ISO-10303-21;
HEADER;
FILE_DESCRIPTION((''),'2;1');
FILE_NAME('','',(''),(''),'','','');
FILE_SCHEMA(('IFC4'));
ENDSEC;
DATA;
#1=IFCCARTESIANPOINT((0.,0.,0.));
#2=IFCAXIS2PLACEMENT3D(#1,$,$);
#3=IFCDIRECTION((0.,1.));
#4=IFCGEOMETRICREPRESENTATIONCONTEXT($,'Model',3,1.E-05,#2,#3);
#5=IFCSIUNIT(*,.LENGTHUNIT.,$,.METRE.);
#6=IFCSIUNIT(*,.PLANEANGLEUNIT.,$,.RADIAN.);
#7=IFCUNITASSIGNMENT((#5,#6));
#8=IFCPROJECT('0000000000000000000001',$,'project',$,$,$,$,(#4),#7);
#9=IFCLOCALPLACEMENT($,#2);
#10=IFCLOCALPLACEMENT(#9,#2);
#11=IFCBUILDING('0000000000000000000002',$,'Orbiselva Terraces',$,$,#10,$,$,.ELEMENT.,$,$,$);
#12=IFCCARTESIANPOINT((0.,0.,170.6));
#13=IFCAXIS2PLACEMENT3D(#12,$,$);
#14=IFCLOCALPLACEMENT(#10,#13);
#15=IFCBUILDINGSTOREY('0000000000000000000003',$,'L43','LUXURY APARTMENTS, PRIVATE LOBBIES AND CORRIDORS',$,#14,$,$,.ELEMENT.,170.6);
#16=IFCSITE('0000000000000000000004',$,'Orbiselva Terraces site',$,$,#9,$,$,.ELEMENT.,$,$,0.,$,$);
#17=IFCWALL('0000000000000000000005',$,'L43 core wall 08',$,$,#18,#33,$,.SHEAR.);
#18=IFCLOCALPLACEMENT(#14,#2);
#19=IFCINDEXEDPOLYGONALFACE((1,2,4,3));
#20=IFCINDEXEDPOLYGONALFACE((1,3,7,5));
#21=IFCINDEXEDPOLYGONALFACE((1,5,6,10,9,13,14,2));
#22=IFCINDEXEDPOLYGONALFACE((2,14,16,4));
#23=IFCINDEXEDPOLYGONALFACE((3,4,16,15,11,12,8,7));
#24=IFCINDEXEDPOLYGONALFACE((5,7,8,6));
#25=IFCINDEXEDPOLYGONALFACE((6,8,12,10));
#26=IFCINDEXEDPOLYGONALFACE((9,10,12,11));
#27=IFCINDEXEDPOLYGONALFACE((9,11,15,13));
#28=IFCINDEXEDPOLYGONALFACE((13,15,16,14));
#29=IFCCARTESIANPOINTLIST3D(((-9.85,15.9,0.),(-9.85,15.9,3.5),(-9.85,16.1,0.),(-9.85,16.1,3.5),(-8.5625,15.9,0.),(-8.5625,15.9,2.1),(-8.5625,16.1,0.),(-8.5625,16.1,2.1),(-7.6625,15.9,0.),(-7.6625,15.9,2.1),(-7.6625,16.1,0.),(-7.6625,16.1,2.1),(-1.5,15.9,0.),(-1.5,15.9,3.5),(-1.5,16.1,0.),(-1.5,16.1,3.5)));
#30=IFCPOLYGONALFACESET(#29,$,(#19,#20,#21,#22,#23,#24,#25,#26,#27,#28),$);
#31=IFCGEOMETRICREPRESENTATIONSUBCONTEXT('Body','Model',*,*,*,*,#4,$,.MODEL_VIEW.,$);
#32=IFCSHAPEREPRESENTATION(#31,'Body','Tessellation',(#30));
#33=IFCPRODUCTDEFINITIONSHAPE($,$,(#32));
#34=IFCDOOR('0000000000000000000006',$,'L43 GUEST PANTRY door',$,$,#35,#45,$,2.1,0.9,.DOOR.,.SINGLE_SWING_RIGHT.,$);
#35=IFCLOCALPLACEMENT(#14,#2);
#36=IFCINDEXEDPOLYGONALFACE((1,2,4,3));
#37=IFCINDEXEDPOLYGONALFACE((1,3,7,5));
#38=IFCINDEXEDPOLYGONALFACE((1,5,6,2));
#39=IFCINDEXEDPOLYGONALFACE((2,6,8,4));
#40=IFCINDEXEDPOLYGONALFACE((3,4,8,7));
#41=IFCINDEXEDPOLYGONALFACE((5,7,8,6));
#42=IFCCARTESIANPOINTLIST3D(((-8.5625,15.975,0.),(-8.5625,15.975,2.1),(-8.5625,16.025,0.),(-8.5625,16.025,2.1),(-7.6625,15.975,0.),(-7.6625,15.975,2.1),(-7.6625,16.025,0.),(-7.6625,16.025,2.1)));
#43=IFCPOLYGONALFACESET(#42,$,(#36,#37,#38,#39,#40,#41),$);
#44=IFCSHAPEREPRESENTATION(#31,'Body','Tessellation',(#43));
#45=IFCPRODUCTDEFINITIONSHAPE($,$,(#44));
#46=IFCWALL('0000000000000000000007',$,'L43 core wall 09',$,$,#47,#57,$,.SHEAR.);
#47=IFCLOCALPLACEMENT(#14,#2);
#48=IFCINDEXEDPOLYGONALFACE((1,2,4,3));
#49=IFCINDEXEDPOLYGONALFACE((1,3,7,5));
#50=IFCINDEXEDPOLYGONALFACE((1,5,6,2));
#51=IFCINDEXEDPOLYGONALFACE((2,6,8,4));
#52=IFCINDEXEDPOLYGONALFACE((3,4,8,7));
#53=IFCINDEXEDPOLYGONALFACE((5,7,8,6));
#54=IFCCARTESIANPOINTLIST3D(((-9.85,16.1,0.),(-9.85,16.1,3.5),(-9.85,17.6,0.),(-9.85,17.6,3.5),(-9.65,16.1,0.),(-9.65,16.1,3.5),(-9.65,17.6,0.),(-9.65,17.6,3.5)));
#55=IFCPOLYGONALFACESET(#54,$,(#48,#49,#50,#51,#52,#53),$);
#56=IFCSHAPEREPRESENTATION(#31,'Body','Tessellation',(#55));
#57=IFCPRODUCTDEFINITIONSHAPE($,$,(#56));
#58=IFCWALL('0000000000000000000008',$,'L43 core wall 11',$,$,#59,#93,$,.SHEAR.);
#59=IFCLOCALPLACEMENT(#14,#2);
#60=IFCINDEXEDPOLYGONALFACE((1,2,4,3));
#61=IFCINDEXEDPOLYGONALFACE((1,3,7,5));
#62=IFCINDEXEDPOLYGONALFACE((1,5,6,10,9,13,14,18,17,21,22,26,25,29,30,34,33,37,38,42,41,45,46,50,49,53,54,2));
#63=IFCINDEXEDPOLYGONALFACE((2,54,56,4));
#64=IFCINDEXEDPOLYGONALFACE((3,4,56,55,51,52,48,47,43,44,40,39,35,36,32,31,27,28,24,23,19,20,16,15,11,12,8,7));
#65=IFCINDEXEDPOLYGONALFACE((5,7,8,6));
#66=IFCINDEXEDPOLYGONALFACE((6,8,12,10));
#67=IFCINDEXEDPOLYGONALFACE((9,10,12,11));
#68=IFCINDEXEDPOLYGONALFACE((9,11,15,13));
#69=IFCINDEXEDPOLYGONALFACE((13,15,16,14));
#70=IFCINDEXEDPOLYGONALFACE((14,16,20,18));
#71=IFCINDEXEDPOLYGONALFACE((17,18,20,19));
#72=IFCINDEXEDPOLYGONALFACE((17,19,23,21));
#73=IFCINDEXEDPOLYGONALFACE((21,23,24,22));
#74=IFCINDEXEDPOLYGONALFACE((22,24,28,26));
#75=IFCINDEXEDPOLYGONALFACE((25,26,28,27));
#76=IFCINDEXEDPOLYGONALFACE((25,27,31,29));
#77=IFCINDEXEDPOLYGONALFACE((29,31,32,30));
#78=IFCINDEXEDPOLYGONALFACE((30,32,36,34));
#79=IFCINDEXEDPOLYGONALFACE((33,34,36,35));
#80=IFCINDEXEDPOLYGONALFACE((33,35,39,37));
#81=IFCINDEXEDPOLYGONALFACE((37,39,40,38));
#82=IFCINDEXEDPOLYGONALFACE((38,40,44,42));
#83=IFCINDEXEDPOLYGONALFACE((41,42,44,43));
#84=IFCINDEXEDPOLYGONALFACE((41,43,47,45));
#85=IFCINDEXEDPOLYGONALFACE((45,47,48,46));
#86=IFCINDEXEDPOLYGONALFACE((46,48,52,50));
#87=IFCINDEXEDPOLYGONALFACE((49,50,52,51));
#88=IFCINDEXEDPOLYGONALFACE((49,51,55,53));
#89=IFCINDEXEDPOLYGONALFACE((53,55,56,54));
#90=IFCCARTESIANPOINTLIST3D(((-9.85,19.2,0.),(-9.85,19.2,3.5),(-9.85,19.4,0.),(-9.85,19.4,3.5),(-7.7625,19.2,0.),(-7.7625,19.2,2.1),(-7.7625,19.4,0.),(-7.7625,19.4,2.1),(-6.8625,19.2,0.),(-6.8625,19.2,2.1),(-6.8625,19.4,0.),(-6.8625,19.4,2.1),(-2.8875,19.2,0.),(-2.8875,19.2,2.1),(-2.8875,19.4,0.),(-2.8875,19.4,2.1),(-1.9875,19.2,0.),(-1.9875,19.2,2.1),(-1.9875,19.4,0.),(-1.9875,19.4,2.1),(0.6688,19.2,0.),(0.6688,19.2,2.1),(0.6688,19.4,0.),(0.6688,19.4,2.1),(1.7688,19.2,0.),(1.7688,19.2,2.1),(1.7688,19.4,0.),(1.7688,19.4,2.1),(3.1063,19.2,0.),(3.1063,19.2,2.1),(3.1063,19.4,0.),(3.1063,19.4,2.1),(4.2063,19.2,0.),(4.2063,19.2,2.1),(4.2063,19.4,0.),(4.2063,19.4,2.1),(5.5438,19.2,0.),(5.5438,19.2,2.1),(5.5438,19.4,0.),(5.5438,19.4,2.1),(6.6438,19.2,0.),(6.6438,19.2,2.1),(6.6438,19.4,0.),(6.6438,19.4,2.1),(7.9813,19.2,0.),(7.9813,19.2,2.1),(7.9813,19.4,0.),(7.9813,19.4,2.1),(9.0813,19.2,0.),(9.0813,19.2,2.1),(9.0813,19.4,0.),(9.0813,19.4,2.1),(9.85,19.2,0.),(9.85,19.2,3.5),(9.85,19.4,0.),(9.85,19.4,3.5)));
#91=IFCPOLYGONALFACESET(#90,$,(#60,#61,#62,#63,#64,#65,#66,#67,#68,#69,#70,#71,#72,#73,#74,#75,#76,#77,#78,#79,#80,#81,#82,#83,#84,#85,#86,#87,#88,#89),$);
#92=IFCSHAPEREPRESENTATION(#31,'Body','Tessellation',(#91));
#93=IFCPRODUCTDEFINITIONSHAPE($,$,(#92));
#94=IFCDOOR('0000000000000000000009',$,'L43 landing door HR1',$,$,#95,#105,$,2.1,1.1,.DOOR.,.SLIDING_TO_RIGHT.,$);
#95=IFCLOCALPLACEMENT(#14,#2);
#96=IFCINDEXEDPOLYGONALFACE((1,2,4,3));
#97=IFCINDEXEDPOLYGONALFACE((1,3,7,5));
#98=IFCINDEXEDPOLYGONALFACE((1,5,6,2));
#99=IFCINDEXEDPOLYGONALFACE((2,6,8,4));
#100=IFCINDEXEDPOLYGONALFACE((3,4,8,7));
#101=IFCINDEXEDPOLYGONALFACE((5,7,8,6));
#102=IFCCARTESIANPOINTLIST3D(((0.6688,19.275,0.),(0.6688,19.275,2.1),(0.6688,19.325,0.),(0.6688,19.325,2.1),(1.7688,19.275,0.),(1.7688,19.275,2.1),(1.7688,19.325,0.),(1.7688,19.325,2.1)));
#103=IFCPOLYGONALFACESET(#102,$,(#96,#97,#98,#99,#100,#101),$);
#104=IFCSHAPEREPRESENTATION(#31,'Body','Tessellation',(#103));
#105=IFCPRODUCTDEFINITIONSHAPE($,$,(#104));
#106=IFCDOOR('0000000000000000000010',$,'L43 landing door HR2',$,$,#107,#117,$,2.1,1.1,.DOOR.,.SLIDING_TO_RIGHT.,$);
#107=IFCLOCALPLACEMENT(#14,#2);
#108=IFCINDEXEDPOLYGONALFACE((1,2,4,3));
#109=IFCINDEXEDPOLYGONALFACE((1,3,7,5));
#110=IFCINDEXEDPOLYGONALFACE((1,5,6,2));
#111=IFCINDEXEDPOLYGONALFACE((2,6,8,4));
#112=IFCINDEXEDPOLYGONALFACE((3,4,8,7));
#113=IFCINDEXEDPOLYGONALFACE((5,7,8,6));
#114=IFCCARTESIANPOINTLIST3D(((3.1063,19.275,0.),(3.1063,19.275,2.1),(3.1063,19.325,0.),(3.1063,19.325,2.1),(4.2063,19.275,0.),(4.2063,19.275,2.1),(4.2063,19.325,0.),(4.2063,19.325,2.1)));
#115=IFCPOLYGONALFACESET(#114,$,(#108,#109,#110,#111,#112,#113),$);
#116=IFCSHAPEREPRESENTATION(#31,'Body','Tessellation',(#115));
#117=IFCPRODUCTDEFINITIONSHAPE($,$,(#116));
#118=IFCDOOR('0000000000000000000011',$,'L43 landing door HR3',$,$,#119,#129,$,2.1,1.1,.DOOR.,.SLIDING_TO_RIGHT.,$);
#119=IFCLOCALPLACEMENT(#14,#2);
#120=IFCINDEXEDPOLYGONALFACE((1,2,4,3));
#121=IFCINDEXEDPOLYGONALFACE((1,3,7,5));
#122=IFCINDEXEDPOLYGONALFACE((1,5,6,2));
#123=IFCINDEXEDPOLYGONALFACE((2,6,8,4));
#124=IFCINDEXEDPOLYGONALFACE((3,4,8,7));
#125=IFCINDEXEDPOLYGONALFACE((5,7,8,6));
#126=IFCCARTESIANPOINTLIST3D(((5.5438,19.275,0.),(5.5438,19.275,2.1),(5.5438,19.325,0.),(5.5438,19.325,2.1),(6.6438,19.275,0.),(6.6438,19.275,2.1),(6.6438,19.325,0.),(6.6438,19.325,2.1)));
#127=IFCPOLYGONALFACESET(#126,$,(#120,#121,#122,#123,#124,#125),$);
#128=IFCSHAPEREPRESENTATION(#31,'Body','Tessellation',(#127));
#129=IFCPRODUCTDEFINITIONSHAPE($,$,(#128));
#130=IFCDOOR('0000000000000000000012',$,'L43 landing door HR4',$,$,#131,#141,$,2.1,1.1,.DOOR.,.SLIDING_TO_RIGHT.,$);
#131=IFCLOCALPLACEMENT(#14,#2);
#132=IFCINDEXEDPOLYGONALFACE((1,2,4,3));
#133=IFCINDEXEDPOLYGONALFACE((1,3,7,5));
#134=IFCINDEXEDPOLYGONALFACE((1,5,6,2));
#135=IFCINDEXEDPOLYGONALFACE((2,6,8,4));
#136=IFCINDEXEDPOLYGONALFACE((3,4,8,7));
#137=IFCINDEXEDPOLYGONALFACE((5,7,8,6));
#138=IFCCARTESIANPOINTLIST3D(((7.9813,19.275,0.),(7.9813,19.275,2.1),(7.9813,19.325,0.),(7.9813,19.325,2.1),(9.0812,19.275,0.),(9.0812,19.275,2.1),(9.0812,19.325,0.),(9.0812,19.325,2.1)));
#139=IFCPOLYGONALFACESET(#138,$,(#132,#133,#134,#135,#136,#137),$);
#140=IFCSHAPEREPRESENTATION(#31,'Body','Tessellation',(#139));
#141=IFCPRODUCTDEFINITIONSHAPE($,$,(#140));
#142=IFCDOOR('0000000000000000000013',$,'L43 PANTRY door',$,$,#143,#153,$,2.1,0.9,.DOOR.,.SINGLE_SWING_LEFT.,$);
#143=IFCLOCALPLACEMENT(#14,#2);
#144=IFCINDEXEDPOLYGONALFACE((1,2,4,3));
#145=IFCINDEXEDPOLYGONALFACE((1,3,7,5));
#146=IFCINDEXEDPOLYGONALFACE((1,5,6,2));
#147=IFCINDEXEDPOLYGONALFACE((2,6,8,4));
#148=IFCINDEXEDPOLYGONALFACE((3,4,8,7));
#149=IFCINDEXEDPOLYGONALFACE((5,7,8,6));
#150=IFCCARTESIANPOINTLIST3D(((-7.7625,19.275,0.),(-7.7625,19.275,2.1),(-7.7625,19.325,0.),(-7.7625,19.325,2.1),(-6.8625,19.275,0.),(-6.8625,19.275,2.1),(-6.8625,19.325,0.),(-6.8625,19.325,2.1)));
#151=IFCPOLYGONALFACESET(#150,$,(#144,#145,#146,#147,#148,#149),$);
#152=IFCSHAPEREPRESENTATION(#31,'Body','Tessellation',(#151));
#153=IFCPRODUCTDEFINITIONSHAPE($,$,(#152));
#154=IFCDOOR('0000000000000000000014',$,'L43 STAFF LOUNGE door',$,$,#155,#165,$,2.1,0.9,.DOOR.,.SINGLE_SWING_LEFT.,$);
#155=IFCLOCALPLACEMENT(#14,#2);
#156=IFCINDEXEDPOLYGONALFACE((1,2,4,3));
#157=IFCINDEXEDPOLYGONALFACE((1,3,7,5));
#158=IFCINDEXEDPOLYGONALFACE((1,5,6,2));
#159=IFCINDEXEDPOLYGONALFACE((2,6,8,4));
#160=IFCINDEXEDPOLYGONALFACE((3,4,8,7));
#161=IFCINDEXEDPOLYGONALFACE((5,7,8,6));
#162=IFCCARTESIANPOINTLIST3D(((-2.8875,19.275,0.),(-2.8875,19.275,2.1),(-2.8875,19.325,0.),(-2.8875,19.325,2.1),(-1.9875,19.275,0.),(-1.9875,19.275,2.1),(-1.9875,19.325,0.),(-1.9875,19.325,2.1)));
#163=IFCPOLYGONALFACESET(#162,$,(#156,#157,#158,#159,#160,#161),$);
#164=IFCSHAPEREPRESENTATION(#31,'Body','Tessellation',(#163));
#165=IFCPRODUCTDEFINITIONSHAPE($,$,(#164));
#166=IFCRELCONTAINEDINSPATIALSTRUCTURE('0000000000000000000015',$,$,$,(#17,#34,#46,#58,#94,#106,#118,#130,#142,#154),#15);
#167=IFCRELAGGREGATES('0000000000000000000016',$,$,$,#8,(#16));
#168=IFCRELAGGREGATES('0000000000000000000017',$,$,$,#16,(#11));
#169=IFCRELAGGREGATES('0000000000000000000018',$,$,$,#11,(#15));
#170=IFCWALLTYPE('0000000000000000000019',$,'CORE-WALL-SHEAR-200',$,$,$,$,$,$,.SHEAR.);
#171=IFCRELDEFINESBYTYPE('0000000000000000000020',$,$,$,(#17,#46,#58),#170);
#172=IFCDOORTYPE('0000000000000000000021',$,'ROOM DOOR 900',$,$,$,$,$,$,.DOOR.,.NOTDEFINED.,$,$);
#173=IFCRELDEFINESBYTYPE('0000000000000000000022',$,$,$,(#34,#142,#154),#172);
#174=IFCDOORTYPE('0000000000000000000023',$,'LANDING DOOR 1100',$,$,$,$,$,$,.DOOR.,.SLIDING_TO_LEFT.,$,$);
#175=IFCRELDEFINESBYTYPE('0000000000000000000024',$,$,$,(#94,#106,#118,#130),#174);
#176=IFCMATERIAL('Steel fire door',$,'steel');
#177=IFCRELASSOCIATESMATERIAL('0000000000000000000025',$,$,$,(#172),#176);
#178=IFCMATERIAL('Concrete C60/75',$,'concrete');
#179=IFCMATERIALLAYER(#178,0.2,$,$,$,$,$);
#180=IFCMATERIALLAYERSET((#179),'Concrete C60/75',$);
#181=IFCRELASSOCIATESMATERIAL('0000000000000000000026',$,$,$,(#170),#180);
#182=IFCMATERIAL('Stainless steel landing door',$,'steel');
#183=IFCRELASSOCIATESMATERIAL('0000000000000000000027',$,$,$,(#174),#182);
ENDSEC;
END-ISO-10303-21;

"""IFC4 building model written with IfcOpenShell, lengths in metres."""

from ifc_helpers import new_model, si_unit, direction, frame, frame_2d, origin, place, context, subcontext, project, spatial, rectangle, extrude, material, layer, layer_set, type_object, element, fill, save


model = new_model("IFC4")

# Units and contexts
model_context = context("Model", 3, precision=1e-05, world=origin(), true_north=direction((0.0, 1.0)))
body_context = subcontext(model_context, "Body", "Model", "MODEL_VIEW")
ifc_project = project(units=[si_unit("LENGTHUNIT", "METRE"), si_unit("PLANEANGLEUNIT", "RADIAN")], contexts=[model_context])

# Site, building, storey
site_placement = place(None, origin())
site = spatial("IfcSite", under=ifc_project, at=site_placement, Name="Orbiselva Terraces site", CompositionType="ELEMENT", RefElevation=0.0)
building_placement = place(site_placement, origin())
building = spatial("IfcBuilding", under=site, at=building_placement, Name="Orbiselva Terraces", CompositionType="ELEMENT")
storey_placement = place(building_placement, frame((0.0, 0.0, 170.6)))
storey = spatial("IfcBuildingStorey", under=building, at=storey_placement, Name="L43", Description="LUXURY APARTMENTS, PRIVATE LOBBIES AND CORRIDORS", CompositionType="ELEMENT", Elevation=170.6)

# Shared definitions
ifc_material_1 = material(Name="Steel fire door", Category="steel")
door_type_1 = type_object("IfcDoorType", Name="ROOM DOOR 900", OperationType="NOTDEFINED", PredefinedType="DOOR", material=ifc_material_1)

# Wall, opening, door
ifc_material_2 = material(Name="Concrete C60/75", Category="concrete")
ifc_layer_1 = layer(ifc_material_2, 0.2)
ifc_layer_set_1 = layer_set([ifc_layer_1], Name="Concrete C60/75")
wall_type_1 = type_object("IfcWallType", Name="CORE-WALL-SHEAR-200", PredefinedType="SHEAR", material=ifc_layer_set_1)
wall_1_placement = place(storey_placement, frame((-1.5, 16.0, 0.0), z_axis=(0.0, 0.0, 1.0), x_axis=(-1.0, 0.0, 0.0)))
wall_1 = element("IfcWall", 1, at=wall_1_placement, inside=storey, type_object=wall_type_1, Name="L43 core wall 08", PredefinedType="SHEAR", context=body_context, shape_type="SweptSolid", body=[
    extrude(rectangle(XDim=8.35, YDim=0.2, at=frame_2d((4.175, 0.0))), origin(), (0.0, 0.0, 1.0), 3.5),
])
opening_1_placement = place(wall_1_placement, frame((6.1625, 0.0, 0.0)))
opening_1 = element("IfcOpeningElement", 2, at=opening_1_placement, cuts=wall_1, PredefinedType="OPENING", context=body_context, shape_type="SweptSolid", body=[
    extrude(rectangle(XDim=0.9, YDim=2.1, at=frame_2d((0.45, 1.05))), frame((0.0, 0.11, 0.0), z_axis=(0.0, -1.0, 0.0), x_axis=(1.0, 0.0, 0.0)), (0.0, 0.0, 1.0), 0.22),
])
door_1_placement = place(opening_1_placement, origin())
door_1 = element("IfcDoor", 3, at=door_1_placement, inside=storey, type_object=door_type_1, Name="L43 GUEST PANTRY door", OperationType="SINGLE_SWING_RIGHT", OverallHeight=2.1, OverallWidth=0.9, PredefinedType="DOOR", context=body_context, shape_type="SweptSolid", body=[
    extrude(rectangle(XDim=0.9, YDim=2.1, at=frame_2d((0.45, 1.05))), frame((0.0, 0.025, 0.0), z_axis=(0.0, -1.0, 0.0), x_axis=(1.0, 0.0, 0.0)), (0.0, 0.0, 1.0), 0.05),
])
fill(opening_1, door_1)

# Wall
wall_2_placement = place(storey_placement, frame((-9.75, 16.1, 0.0), z_axis=(0.0, 0.0, 1.0), x_axis=(0.0, 1.0, 0.0)))
element("IfcWall", 4, at=wall_2_placement, inside=storey, type_object=wall_type_1, Name="L43 core wall 09", PredefinedType="SHEAR", context=body_context, shape_type="SweptSolid", body=[
    extrude(rectangle(XDim=1.5, YDim=0.2, at=frame_2d((0.75, 0.0))), origin(), (0.0, 0.0, 1.0), 3.5),
])

# Wall, openings, doors
wall_3_placement = place(storey_placement, frame((-9.85, 19.3, 0.0), z_axis=(0.0, 0.0, 1.0), x_axis=(1.0, 0.0, 0.0)))
wall_3 = element("IfcWall", 5, at=wall_3_placement, inside=storey, type_object=wall_type_1, Name="L43 core wall 11", PredefinedType="SHEAR", context=body_context, shape_type="SweptSolid", body=[
    extrude(rectangle(XDim=19.7, YDim=0.2, at=frame_2d((9.85, 0.0))), origin(), (0.0, 0.0, 1.0), 3.5),
])
opening_2_placement = place(wall_3_placement, frame((10.5188, 0.0, 0.0)))
opening_2 = element("IfcOpeningElement", 6, at=opening_2_placement, cuts=wall_3, PredefinedType="OPENING", context=body_context, shape_type="SweptSolid", body=[
    extrude(rectangle(XDim=1.1, YDim=2.1, at=frame_2d((0.55, 1.05))), frame((0.0, 0.11, 0.0), z_axis=(0.0, -1.0, 0.0), x_axis=(1.0, 0.0, 0.0)), (0.0, 0.0, 1.0), 0.22),
])
opening_3_placement = place(wall_3_placement, frame((12.9563, 0.0, 0.0)))
opening_3 = element("IfcOpeningElement", 7, at=opening_3_placement, cuts=wall_3, PredefinedType="OPENING", context=body_context, shape_type="SweptSolid", body=[
    extrude(rectangle(XDim=1.1, YDim=2.1, at=frame_2d((0.55, 1.05))), frame((0.0, 0.11, 0.0), z_axis=(0.0, -1.0, 0.0), x_axis=(1.0, 0.0, 0.0)), (0.0, 0.0, 1.0), 0.22),
])
opening_4_placement = place(wall_3_placement, frame((15.3938, 0.0, 0.0)))
opening_4 = element("IfcOpeningElement", 8, at=opening_4_placement, cuts=wall_3, PredefinedType="OPENING", context=body_context, shape_type="SweptSolid", body=[
    extrude(rectangle(XDim=1.1, YDim=2.1, at=frame_2d((0.55, 1.05))), frame((0.0, 0.11, 0.0), z_axis=(0.0, -1.0, 0.0), x_axis=(1.0, 0.0, 0.0)), (0.0, 0.0, 1.0), 0.22),
])
opening_5_placement = place(wall_3_placement, frame((17.8313, 0.0, 0.0)))
opening_5 = element("IfcOpeningElement", 9, at=opening_5_placement, cuts=wall_3, PredefinedType="OPENING", context=body_context, shape_type="SweptSolid", body=[
    extrude(rectangle(XDim=1.1, YDim=2.1, at=frame_2d((0.55, 1.05))), frame((0.0, 0.11, 0.0), z_axis=(0.0, -1.0, 0.0), x_axis=(1.0, 0.0, 0.0)), (0.0, 0.0, 1.0), 0.22),
])
opening_6_placement = place(wall_3_placement, frame((2.0875, 0.0, 0.0)))
opening_6 = element("IfcOpeningElement", 10, at=opening_6_placement, cuts=wall_3, PredefinedType="OPENING", context=body_context, shape_type="SweptSolid", body=[
    extrude(rectangle(XDim=0.9, YDim=2.1, at=frame_2d((0.45, 1.05))), frame((0.0, 0.11, 0.0), z_axis=(0.0, -1.0, 0.0), x_axis=(1.0, 0.0, 0.0)), (0.0, 0.0, 1.0), 0.22),
])
opening_7_placement = place(wall_3_placement, frame((6.9625, 0.0, 0.0)))
opening_7 = element("IfcOpeningElement", 11, at=opening_7_placement, cuts=wall_3, PredefinedType="OPENING", context=body_context, shape_type="SweptSolid", body=[
    extrude(rectangle(XDim=0.9, YDim=2.1, at=frame_2d((0.45, 1.05))), frame((0.0, 0.11, 0.0), z_axis=(0.0, -1.0, 0.0), x_axis=(1.0, 0.0, 0.0)), (0.0, 0.0, 1.0), 0.22),
])
ifc_material_3 = material(Name="Stainless steel landing door", Category="steel")
door_type_2 = type_object("IfcDoorType", Name="LANDING DOOR 1100", OperationType="SLIDING_TO_LEFT", PredefinedType="DOOR", material=ifc_material_3)
door_2_placement = place(opening_2_placement, origin())
door_2 = element("IfcDoor", 12, at=door_2_placement, inside=storey, type_object=door_type_2, Name="L43 landing door HR1", OperationType="SLIDING_TO_RIGHT", OverallHeight=2.1, OverallWidth=1.1, PredefinedType="DOOR", context=body_context, shape_type="SweptSolid", body=[
    extrude(rectangle(XDim=1.1, YDim=2.1, at=frame_2d((0.55, 1.05))), frame((0.0, 0.025, 0.0), z_axis=(0.0, -1.0, 0.0), x_axis=(1.0, 0.0, 0.0)), (0.0, 0.0, 1.0), 0.05),
])
fill(opening_2, door_2)
door_3_placement = place(opening_3_placement, origin())
door_3 = element("IfcDoor", 13, at=door_3_placement, inside=storey, type_object=door_type_2, Name="L43 landing door HR2", OperationType="SLIDING_TO_RIGHT", OverallHeight=2.1, OverallWidth=1.1, PredefinedType="DOOR", context=body_context, shape_type="SweptSolid", body=[
    extrude(rectangle(XDim=1.1, YDim=2.1, at=frame_2d((0.55, 1.05))), frame((0.0, 0.025, 0.0), z_axis=(0.0, -1.0, 0.0), x_axis=(1.0, 0.0, 0.0)), (0.0, 0.0, 1.0), 0.05),
])
fill(opening_3, door_3)
door_4_placement = place(opening_4_placement, origin())
door_4 = element("IfcDoor", 14, at=door_4_placement, inside=storey, type_object=door_type_2, Name="L43 landing door HR3", OperationType="SLIDING_TO_RIGHT", OverallHeight=2.1, OverallWidth=1.1, PredefinedType="DOOR", context=body_context, shape_type="SweptSolid", body=[
    extrude(rectangle(XDim=1.1, YDim=2.1, at=frame_2d((0.55, 1.05))), frame((0.0, 0.025, 0.0), z_axis=(0.0, -1.0, 0.0), x_axis=(1.0, 0.0, 0.0)), (0.0, 0.0, 1.0), 0.05),
])
fill(opening_4, door_4)
door_5_placement = place(opening_5_placement, origin())
door_5 = element("IfcDoor", 15, at=door_5_placement, inside=storey, type_object=door_type_2, Name="L43 landing door HR4", OperationType="SLIDING_TO_RIGHT", OverallHeight=2.1, OverallWidth=1.1, PredefinedType="DOOR", context=body_context, shape_type="SweptSolid", body=[
    extrude(rectangle(XDim=1.1, YDim=2.1, at=frame_2d((0.55, 1.05))), frame((0.0, 0.025, 0.0), z_axis=(0.0, -1.0, 0.0), x_axis=(1.0, 0.0, 0.0)), (0.0, 0.0, 1.0), 0.05),
])
fill(opening_5, door_5)
door_6_placement = place(opening_6_placement, origin())
door_6 = element("IfcDoor", 16, at=door_6_placement, inside=storey, type_object=door_type_1, Name="L43 PANTRY door", OperationType="SINGLE_SWING_LEFT", OverallHeight=2.1, OverallWidth=0.9, PredefinedType="DOOR", context=body_context, shape_type="SweptSolid", body=[
    extrude(rectangle(XDim=0.9, YDim=2.1, at=frame_2d((0.45, 1.05))), frame((0.0, 0.025, 0.0), z_axis=(0.0, -1.0, 0.0), x_axis=(1.0, 0.0, 0.0)), (0.0, 0.0, 1.0), 0.05),
])
fill(opening_6, door_6)
door_7_placement = place(opening_7_placement, origin())
door_7 = element("IfcDoor", 17, at=door_7_placement, inside=storey, type_object=door_type_1, Name="L43 STAFF LOUNGE door", OperationType="SINGLE_SWING_LEFT", OverallHeight=2.1, OverallWidth=0.9, PredefinedType="DOOR", context=body_context, shape_type="SweptSolid", body=[
    extrude(rectangle(XDim=0.9, YDim=2.1, at=frame_2d((0.45, 1.05))), frame((0.0, 0.025, 0.0), z_axis=(0.0, -1.0, 0.0), x_axis=(1.0, 0.0, 0.0)), (0.0, 0.0, 1.0), 0.05),
])
fill(opening_7, door_7)

save(model, "model.ifc")
